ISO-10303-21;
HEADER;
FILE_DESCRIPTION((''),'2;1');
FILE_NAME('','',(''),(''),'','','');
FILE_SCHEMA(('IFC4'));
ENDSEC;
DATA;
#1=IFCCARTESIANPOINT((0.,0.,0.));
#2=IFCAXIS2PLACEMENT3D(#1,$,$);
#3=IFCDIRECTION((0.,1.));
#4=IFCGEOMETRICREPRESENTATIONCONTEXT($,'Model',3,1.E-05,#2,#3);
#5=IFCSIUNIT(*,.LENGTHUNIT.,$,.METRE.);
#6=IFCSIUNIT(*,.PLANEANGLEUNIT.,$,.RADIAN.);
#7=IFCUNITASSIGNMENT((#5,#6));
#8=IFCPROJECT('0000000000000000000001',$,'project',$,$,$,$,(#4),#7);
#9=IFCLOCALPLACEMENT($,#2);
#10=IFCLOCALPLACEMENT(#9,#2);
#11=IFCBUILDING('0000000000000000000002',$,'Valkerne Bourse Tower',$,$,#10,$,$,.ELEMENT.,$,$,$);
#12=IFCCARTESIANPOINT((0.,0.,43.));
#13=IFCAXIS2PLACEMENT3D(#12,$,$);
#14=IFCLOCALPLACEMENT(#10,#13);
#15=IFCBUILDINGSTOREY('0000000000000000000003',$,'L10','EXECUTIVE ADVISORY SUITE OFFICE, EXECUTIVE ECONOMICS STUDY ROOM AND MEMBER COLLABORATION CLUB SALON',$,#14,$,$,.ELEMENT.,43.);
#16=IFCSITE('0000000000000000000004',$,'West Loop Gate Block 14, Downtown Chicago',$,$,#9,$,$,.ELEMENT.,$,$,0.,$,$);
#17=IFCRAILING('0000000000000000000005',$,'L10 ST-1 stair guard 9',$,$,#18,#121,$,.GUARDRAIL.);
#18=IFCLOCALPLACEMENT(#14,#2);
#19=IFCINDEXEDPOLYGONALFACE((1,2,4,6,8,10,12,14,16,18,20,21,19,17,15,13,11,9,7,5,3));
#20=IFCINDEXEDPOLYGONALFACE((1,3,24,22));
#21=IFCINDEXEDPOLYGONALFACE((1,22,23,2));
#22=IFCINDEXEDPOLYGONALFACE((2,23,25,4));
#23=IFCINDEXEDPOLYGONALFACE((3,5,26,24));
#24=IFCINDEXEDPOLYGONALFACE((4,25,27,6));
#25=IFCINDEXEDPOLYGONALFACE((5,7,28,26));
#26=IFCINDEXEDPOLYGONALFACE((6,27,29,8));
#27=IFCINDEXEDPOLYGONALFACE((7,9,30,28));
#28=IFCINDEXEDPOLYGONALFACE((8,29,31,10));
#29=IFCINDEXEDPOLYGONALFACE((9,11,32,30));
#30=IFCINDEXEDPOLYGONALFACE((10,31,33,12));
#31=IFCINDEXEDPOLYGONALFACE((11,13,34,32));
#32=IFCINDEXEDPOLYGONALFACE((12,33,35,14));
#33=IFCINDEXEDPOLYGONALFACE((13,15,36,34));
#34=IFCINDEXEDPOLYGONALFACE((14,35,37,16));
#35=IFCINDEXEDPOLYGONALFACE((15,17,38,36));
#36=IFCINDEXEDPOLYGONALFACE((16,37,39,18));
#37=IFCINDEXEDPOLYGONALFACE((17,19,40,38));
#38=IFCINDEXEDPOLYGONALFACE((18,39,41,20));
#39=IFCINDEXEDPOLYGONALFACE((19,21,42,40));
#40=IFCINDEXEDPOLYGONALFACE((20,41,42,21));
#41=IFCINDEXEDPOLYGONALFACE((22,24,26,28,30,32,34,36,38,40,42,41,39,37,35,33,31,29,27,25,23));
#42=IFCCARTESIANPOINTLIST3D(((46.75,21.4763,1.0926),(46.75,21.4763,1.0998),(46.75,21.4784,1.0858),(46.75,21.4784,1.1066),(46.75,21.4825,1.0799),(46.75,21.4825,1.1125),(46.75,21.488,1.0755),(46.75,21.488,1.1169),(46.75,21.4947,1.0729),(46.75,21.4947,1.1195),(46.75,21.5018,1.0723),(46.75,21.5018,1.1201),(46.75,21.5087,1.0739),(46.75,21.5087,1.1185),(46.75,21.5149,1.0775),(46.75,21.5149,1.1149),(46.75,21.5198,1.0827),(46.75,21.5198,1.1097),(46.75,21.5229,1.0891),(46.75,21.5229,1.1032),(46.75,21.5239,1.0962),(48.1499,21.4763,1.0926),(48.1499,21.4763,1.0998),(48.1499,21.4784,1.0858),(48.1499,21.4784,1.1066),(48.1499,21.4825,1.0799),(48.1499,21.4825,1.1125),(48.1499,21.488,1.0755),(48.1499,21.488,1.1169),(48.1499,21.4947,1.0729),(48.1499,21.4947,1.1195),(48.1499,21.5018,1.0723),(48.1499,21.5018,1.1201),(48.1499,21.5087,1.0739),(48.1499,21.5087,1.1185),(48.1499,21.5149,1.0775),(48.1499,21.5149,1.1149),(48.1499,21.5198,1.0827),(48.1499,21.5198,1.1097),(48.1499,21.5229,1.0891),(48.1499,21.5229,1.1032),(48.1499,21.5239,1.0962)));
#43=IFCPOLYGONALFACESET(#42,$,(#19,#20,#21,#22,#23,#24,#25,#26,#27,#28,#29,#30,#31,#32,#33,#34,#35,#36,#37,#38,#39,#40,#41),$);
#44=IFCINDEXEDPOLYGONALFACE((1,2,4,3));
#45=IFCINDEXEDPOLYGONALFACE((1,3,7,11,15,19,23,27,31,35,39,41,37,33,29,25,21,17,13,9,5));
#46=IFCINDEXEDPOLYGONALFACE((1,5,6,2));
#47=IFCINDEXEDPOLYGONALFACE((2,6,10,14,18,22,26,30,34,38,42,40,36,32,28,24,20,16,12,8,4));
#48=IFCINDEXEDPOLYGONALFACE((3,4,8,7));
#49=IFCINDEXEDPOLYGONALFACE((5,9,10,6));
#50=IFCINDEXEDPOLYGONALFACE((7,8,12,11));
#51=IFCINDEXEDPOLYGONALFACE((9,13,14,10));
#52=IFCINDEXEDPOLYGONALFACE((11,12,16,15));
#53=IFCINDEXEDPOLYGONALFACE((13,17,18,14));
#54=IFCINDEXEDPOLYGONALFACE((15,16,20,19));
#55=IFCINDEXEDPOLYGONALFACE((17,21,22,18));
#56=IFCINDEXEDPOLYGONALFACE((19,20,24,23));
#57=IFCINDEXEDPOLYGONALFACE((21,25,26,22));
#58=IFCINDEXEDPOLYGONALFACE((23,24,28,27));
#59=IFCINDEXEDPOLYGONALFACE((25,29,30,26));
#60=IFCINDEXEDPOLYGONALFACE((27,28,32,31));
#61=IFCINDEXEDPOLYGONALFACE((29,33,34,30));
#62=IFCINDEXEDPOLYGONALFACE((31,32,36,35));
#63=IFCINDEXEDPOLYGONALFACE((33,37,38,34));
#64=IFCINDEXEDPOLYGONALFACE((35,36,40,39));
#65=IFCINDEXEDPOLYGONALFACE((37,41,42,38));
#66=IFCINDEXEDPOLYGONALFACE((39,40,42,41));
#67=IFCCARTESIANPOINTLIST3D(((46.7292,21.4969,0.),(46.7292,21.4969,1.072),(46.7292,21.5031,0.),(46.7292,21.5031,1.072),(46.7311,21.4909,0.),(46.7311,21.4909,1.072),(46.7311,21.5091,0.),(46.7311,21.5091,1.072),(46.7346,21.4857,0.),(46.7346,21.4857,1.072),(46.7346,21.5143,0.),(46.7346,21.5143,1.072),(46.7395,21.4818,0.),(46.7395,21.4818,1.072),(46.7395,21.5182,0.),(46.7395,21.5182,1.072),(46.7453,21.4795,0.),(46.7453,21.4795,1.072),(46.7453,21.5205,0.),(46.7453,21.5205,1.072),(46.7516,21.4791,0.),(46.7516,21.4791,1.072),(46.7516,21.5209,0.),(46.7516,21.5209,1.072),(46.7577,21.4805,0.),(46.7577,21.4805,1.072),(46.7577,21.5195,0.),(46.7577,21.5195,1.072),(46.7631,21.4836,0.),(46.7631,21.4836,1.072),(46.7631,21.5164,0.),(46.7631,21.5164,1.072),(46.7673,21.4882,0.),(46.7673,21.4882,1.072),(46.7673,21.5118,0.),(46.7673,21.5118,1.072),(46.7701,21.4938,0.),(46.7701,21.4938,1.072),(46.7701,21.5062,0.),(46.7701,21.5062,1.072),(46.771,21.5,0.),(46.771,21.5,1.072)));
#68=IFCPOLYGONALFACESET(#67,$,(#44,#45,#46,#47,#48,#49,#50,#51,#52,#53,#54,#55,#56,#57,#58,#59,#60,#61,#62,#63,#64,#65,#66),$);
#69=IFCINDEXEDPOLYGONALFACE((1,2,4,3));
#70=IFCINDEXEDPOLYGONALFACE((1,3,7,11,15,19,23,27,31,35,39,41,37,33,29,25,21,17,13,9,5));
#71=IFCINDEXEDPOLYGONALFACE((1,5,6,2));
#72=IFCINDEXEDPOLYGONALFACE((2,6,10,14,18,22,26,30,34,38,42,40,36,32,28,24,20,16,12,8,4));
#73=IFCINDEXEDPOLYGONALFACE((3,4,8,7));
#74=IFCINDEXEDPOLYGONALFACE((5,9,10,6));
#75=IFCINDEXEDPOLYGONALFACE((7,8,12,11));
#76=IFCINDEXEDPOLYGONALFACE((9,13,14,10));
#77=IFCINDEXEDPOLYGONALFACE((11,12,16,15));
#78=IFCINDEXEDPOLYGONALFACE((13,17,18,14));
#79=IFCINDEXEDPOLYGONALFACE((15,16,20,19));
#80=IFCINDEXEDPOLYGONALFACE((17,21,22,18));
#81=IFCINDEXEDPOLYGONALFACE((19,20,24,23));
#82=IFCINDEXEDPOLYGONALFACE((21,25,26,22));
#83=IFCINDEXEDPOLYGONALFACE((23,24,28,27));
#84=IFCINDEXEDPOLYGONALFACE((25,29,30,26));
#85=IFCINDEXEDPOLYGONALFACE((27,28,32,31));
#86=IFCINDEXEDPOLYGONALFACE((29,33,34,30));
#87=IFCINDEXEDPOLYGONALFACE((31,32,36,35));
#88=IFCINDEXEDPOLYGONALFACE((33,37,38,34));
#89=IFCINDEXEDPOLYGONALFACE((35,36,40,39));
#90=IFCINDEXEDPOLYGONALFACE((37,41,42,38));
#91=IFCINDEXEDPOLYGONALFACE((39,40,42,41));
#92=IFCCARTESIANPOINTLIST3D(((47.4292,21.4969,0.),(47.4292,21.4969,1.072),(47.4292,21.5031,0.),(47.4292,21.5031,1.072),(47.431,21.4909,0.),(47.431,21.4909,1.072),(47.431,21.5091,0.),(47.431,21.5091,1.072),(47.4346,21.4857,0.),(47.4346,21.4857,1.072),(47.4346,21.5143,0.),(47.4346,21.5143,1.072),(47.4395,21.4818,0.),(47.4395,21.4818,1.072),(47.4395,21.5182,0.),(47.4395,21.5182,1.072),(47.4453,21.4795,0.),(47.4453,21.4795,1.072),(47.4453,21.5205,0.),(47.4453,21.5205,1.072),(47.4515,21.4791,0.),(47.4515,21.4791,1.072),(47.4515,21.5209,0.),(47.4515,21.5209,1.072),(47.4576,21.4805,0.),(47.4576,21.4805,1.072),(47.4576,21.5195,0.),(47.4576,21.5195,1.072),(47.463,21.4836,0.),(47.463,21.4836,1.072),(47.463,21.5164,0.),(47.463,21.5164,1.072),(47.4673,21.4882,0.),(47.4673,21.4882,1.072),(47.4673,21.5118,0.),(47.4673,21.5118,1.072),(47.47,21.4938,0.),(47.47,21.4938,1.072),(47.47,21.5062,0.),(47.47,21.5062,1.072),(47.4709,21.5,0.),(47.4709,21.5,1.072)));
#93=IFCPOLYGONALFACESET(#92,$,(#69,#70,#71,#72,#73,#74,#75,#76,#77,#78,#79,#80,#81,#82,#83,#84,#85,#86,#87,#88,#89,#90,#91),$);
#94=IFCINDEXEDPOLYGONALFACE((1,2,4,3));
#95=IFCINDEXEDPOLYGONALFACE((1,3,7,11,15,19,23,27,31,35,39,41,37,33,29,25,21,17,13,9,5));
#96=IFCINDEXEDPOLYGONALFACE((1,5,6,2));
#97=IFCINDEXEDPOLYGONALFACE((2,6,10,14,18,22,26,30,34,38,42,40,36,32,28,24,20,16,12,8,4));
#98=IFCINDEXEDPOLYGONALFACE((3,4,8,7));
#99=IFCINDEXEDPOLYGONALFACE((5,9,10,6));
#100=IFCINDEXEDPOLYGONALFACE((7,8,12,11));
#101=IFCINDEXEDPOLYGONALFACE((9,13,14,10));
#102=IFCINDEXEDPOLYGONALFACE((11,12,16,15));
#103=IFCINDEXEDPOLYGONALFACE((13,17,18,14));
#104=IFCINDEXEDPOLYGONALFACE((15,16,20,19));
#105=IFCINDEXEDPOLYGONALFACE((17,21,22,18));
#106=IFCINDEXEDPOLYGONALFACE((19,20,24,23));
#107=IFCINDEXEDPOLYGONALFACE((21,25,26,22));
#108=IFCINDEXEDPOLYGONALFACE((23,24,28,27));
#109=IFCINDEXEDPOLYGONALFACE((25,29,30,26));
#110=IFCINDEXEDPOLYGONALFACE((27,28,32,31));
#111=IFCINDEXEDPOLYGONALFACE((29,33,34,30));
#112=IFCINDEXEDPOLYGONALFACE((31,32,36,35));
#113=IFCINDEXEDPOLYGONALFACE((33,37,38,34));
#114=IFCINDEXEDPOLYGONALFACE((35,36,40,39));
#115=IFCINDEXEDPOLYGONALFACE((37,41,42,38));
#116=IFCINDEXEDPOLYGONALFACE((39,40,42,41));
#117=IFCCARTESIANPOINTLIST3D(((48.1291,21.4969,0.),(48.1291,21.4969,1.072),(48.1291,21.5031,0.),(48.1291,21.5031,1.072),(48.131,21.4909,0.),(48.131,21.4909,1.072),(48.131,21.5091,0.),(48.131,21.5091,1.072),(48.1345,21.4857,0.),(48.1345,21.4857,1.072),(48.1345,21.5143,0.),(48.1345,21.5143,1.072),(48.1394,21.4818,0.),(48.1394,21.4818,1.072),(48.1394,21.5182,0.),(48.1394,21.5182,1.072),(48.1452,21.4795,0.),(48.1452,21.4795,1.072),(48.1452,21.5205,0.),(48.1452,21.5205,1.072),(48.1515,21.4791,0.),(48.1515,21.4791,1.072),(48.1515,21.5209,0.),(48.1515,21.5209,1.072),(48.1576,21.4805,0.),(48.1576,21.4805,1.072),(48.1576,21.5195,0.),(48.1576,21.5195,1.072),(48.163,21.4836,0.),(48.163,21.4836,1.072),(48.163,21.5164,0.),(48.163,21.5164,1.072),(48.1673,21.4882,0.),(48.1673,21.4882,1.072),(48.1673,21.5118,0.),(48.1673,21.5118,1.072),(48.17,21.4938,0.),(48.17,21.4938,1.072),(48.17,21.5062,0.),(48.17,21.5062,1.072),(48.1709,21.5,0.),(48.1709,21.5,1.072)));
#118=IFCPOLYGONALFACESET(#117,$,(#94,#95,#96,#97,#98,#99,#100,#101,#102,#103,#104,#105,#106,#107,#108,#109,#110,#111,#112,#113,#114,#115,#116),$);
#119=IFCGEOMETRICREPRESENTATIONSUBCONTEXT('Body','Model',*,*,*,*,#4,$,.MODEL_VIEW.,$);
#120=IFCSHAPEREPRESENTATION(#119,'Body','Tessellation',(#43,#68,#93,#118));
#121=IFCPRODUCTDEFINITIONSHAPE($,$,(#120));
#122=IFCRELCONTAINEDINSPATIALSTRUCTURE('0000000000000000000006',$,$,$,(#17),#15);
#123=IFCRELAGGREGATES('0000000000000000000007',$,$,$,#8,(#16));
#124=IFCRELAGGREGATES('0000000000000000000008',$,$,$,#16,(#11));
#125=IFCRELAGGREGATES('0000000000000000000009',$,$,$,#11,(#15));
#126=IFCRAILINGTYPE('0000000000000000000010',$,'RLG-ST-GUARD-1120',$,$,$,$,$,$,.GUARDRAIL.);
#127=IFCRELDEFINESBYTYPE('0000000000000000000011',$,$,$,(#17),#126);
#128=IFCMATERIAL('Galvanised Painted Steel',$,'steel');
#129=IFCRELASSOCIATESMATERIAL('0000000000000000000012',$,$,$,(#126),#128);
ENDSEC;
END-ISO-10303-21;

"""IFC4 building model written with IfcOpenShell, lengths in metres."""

from ifc_helpers import new_model, si_unit, direction, frame, origin, origin_2d, place, context, subcontext, project, spatial, circle, extrude, material, type_object, element, save


model = new_model("IFC4")

# Units and contexts
model_context = context("Model", 3, precision=1e-05, world=origin(), true_north=direction((0.0, 1.0)))
body_context = subcontext(model_context, "Body", "Model", "MODEL_VIEW")
ifc_project = project(units=[si_unit("LENGTHUNIT", "METRE"), si_unit("PLANEANGLEUNIT", "RADIAN")], contexts=[model_context])

# Site, building, storey
site_placement = place(None, origin())
site = spatial("IfcSite", under=ifc_project, at=site_placement, Name="West Loop Gate Block 14, Downtown Chicago", CompositionType="ELEMENT", RefElevation=0.0)
building_placement = place(site_placement, origin())
building = spatial("IfcBuilding", under=site, at=building_placement, Name="Valkerne Bourse Tower", CompositionType="ELEMENT")
storey_placement = place(building_placement, frame((0.0, 0.0, 43.0)))
storey = spatial("IfcBuildingStorey", under=building, at=storey_placement, Name="L10", Description="EXECUTIVE ADVISORY SUITE OFFICE, EXECUTIVE ECONOMICS STUDY ROOM AND MEMBER COLLABORATION CLUB SALON", CompositionType="ELEMENT", Elevation=43.0)

# Shared definitions
ifc_material_1 = material(Name="Galvanised Painted Steel", Category="steel")

# Railing
railing_type = type_object("IfcRailingType", Name="RLG-ST-GUARD-1120", PredefinedType="GUARDRAIL", material=ifc_material_1)
for number, where, name in (
    (1, (46.75, 21.5, 0.0), "L10 ST-1 stair guard 9"),
):
    element("IfcRailing", number, at=place(storey_placement, frame(where)), inside=storey, type_object=railing_type, Name=name, PredefinedType="GUARDRAIL", context=body_context, shape_type="SweptSolid", body=[
        extrude(circle(Radius=0.0239, at=origin_2d()), frame((0.0, 0.0, 1.0962), z_axis=(1.0, 0.0, 0.0), x_axis=(0.0, 1.0, 0.0)), (0.0, 0.0, 1.0), 1.3999),
        extrude(circle(Radius=0.021, at=origin_2d()), origin(), (0.0, 0.0, 1.0), 1.072),
        extrude(circle(Radius=0.021, at=origin_2d()), frame((0.7, 0.0, 0.0)), (0.0, 0.0, 1.0), 1.072),
        extrude(circle(Radius=0.021, at=origin_2d()), frame((1.3999, 0.0, 0.0)), (0.0, 0.0, 1.0), 1.072),
    ])

save(model, "model.ifc")
